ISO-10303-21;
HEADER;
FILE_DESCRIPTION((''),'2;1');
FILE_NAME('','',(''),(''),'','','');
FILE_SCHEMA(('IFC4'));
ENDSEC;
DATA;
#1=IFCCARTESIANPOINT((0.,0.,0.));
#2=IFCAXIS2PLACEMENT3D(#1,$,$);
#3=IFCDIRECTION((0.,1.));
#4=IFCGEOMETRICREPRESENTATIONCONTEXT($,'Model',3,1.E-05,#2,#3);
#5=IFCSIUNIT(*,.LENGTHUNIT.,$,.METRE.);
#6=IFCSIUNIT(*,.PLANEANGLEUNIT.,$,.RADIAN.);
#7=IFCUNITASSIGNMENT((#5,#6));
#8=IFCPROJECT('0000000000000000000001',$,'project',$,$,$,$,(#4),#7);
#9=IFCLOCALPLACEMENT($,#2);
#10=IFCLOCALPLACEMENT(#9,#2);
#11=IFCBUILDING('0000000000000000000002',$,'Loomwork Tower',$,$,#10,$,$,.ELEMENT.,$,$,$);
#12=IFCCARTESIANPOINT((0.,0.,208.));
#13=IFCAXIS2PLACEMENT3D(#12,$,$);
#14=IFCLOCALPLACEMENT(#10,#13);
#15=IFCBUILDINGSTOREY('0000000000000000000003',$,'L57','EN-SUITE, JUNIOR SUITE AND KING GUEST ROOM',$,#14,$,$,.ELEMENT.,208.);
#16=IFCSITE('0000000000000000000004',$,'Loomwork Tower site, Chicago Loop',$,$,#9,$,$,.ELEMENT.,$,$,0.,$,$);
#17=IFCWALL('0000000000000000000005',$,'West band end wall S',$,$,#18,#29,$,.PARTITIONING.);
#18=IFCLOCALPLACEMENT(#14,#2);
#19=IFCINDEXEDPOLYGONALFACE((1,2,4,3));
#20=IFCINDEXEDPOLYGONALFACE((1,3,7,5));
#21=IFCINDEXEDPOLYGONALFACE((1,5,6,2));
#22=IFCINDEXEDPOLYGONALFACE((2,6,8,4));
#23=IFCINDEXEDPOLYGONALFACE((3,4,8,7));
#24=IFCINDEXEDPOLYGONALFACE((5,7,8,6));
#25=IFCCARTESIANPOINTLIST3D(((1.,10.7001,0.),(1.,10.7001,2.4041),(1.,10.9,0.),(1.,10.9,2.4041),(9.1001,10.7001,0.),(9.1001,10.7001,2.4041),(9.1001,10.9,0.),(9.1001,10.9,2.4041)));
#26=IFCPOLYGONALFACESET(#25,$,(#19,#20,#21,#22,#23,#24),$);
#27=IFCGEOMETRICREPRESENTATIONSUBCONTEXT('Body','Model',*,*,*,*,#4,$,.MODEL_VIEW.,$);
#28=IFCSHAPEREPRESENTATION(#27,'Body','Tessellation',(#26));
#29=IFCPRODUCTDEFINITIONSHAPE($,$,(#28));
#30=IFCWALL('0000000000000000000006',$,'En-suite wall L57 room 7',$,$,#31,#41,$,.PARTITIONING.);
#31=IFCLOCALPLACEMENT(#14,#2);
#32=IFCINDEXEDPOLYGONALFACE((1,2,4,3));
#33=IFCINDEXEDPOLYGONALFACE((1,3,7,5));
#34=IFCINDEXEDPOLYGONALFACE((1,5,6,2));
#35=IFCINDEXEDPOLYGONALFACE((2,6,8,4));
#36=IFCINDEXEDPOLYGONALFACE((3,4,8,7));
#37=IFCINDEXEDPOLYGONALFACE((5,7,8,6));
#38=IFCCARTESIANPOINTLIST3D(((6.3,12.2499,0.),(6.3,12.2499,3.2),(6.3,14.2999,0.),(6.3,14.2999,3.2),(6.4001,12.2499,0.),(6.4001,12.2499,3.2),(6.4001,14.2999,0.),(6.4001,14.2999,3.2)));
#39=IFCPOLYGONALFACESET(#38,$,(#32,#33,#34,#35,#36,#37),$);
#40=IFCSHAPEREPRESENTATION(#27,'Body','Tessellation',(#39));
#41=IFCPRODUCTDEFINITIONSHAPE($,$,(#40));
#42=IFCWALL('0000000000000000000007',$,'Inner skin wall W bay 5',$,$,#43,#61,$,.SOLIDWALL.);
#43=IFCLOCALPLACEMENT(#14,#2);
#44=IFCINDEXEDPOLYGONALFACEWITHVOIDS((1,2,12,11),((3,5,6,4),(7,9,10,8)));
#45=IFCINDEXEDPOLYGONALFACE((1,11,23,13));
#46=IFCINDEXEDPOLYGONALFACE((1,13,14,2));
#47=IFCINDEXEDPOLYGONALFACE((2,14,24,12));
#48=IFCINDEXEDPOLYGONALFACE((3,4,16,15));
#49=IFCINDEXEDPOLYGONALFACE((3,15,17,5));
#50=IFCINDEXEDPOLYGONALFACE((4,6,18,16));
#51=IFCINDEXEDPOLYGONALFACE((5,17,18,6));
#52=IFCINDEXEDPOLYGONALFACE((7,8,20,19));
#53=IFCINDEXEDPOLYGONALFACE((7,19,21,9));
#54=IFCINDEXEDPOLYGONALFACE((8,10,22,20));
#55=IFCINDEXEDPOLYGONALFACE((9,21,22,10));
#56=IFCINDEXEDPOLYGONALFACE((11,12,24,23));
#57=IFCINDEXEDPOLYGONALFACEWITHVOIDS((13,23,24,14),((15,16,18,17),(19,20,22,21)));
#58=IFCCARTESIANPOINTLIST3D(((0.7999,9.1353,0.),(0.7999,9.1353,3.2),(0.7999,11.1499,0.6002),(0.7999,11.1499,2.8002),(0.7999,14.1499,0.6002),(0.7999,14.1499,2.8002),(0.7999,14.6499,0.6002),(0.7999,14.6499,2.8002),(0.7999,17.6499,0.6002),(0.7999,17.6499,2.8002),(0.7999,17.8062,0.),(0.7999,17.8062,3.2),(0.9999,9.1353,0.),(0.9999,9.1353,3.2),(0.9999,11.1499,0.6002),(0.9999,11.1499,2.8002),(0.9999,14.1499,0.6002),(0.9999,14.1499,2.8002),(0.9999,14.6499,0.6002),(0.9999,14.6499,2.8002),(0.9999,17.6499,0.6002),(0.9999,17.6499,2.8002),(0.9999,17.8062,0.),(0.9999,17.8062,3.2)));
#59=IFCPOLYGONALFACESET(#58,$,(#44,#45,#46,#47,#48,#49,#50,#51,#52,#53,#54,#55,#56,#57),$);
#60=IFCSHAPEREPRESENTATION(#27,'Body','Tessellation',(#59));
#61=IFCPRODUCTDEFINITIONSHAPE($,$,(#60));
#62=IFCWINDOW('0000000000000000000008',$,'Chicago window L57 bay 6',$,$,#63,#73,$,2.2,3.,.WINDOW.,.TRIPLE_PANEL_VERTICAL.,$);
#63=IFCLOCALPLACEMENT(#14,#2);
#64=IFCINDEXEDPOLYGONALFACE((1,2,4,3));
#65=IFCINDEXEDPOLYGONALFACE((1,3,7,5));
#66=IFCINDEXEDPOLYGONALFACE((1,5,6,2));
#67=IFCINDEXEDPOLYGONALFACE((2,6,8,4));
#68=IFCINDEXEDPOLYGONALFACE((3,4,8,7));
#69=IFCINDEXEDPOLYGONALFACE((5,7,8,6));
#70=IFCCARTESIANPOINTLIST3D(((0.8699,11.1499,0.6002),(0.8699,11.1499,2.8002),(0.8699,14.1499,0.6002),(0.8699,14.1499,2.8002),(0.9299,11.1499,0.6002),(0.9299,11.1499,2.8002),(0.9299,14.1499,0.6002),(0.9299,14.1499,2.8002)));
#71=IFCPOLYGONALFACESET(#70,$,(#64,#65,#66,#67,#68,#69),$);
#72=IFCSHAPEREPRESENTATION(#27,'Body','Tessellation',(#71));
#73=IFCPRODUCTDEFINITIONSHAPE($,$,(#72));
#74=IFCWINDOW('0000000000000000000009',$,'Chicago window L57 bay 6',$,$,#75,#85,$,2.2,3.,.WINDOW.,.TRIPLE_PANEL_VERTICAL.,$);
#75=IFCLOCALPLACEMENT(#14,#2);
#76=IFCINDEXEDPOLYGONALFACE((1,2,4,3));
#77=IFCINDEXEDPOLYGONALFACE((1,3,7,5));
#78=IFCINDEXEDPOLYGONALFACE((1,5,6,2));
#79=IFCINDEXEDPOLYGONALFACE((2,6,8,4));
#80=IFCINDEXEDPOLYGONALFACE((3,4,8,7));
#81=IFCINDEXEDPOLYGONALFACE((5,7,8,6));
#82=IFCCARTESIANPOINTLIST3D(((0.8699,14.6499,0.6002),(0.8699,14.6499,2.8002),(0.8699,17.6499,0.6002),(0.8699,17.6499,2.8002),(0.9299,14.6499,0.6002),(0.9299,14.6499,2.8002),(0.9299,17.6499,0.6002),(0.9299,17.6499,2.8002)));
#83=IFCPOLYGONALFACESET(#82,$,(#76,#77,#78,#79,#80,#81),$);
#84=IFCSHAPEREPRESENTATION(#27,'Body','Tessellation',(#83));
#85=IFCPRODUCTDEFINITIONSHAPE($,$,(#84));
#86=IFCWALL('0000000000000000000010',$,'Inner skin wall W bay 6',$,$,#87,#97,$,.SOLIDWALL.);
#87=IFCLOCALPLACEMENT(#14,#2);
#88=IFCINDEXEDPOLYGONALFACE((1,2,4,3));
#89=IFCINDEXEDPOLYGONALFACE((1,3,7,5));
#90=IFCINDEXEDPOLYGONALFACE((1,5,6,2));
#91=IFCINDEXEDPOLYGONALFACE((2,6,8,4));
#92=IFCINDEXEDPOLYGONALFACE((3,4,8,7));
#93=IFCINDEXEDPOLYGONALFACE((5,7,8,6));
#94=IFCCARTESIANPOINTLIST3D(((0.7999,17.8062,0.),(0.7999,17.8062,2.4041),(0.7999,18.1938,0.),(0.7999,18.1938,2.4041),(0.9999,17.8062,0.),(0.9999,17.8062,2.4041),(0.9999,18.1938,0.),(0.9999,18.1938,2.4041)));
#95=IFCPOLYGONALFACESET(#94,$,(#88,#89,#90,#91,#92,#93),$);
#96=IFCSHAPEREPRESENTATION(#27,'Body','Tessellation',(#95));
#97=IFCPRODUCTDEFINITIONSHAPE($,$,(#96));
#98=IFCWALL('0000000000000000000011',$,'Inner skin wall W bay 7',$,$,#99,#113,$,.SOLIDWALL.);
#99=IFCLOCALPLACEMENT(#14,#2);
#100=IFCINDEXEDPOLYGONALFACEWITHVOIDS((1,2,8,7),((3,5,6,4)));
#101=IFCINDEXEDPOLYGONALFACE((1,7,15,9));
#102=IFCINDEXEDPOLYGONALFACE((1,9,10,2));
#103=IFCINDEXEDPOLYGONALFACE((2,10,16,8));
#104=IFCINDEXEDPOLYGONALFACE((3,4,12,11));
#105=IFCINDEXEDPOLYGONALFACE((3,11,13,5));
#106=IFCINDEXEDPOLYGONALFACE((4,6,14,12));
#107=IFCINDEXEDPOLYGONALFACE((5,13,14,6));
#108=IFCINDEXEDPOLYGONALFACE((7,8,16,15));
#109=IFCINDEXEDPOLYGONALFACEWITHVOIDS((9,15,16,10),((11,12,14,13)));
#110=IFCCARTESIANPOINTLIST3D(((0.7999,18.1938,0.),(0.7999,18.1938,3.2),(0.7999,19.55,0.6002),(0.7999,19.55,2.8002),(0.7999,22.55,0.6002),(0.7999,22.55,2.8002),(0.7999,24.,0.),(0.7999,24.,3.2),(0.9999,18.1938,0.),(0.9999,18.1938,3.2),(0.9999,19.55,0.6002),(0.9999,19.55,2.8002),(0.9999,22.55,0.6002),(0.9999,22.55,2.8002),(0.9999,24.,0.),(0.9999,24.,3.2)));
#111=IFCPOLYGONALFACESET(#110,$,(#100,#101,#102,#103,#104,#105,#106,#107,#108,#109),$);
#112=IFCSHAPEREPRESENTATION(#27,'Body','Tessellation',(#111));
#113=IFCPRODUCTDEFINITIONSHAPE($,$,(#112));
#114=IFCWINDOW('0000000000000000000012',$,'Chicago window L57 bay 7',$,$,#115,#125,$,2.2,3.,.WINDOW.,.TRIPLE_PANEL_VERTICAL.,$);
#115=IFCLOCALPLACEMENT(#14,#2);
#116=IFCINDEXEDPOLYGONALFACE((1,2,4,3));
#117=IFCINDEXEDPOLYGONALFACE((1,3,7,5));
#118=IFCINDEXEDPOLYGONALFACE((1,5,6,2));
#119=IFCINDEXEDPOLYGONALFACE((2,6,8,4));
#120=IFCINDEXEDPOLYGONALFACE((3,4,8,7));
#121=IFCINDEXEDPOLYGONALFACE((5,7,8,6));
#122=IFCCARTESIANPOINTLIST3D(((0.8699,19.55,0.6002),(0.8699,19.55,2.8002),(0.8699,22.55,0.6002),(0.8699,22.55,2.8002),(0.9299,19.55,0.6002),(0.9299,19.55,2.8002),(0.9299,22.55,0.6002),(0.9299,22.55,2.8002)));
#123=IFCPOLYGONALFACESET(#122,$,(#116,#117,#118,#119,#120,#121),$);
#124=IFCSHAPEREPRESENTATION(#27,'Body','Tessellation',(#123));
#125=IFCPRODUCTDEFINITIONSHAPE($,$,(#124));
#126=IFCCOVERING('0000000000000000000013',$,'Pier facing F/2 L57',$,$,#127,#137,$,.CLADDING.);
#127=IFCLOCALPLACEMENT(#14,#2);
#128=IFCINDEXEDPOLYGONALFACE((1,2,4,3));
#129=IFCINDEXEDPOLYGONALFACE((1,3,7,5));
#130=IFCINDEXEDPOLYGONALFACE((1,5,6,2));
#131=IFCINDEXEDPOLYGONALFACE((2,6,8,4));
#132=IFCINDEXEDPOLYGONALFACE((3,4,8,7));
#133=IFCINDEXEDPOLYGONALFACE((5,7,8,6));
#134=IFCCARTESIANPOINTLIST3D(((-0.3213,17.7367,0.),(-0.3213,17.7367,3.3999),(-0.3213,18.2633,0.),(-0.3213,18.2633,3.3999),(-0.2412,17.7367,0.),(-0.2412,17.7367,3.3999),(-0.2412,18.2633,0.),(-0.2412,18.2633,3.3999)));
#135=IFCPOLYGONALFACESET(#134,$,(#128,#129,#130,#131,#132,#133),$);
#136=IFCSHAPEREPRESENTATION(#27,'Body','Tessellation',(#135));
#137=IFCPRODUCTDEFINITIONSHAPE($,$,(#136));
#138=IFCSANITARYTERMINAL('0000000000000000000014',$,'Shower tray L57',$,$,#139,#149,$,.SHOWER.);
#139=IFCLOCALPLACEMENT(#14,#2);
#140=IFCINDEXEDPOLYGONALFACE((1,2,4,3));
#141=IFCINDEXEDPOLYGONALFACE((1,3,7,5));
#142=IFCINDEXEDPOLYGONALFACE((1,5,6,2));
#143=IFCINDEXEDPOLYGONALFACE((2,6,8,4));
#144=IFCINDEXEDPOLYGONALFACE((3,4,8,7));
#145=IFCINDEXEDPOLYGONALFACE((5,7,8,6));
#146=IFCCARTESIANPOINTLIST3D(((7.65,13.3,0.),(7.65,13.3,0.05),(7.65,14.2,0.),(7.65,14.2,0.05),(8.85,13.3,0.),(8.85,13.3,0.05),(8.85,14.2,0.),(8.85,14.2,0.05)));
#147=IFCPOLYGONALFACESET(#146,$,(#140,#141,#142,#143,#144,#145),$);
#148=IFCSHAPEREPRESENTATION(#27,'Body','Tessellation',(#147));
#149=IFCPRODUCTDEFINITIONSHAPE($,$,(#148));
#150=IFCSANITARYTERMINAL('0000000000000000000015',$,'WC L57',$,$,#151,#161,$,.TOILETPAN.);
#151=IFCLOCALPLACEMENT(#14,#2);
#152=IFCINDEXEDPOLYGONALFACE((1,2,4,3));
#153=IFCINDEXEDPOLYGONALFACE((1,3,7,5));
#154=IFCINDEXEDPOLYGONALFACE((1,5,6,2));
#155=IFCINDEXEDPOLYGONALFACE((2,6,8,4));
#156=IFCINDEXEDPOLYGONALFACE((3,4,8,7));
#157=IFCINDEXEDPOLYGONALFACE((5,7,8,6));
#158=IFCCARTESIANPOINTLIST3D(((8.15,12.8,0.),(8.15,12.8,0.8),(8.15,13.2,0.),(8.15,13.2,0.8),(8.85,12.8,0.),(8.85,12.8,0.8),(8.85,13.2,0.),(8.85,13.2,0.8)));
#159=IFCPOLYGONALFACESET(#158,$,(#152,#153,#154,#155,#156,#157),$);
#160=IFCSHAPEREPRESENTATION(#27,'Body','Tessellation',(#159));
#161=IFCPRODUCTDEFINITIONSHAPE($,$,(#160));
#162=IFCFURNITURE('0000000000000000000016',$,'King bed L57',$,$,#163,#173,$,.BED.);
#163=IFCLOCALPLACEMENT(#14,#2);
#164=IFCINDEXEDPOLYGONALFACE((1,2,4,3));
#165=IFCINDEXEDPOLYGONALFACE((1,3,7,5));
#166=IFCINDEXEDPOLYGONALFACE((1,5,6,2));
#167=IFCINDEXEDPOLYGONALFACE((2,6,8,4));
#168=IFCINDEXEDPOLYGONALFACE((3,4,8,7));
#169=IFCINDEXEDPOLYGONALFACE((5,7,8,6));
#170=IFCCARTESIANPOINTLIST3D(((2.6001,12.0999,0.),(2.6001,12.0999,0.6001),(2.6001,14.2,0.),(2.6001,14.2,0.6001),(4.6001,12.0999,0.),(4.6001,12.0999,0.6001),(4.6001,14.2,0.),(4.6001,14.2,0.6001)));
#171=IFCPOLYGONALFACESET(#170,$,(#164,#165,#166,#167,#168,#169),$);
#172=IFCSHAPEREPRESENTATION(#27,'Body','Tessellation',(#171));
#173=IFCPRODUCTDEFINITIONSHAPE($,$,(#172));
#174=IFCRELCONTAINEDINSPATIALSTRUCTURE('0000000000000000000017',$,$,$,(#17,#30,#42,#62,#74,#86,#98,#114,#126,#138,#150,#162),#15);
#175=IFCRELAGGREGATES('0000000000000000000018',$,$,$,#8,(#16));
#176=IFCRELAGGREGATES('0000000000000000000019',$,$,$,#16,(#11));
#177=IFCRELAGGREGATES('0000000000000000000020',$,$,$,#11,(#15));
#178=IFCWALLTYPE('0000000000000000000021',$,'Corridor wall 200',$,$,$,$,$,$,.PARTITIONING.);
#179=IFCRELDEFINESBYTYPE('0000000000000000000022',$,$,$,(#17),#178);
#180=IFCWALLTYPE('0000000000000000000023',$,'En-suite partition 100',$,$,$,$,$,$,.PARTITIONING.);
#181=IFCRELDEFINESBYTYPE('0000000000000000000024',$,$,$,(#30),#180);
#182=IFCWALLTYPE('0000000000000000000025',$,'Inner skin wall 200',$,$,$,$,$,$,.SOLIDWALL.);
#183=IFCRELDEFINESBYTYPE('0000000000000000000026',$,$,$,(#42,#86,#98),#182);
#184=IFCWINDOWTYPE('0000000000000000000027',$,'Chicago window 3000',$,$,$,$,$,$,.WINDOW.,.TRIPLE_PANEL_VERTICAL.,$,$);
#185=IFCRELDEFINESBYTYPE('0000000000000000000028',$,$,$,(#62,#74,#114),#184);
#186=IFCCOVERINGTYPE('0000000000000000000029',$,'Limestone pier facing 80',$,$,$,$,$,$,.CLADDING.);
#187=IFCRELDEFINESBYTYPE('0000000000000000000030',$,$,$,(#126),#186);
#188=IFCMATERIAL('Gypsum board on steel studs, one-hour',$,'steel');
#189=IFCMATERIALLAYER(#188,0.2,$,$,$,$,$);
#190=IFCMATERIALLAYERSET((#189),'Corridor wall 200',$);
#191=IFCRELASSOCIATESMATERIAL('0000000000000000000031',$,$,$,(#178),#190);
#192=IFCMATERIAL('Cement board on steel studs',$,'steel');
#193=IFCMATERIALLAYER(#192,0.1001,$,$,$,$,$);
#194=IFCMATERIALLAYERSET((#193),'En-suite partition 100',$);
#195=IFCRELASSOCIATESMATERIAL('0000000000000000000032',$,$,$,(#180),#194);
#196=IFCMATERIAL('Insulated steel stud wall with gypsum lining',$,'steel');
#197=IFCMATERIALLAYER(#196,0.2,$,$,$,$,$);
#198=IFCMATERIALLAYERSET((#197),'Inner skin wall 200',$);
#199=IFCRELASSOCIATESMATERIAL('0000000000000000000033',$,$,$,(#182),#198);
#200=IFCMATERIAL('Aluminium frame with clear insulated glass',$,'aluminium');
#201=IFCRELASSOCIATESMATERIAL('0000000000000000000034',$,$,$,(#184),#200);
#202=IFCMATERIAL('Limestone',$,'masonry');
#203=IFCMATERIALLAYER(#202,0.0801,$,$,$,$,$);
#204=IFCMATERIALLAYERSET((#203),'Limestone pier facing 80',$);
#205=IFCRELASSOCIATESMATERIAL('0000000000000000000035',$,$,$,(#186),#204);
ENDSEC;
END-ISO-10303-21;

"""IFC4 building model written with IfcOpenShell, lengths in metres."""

from ifc_helpers import new_model, si_unit, direction, frame, frame_2d, origin, origin_2d, place, context, subcontext, project, spatial, rectangle, extrude, material, layer, layer_set, type_object, element, fill, save


model = new_model("IFC4")

# Units and contexts
model_context = context("Model", 3, precision=1e-05, world=origin(), true_north=direction((0.0, 1.0)))
body_context = subcontext(model_context, "Body", "Model", "MODEL_VIEW")
ifc_project = project(units=[si_unit("LENGTHUNIT", "METRE"), si_unit("PLANEANGLEUNIT", "RADIAN")], contexts=[model_context])

# Site, building, storey
site_placement = place(None, origin())
site = spatial("IfcSite", under=ifc_project, at=site_placement, Name="Loomwork Tower site, Chicago Loop", CompositionType="ELEMENT", RefElevation=0.0)
building_placement = place(site_placement, origin())
building = spatial("IfcBuilding", under=site, at=building_placement, Name="Loomwork Tower", CompositionType="ELEMENT")
storey_placement = place(building_placement, frame((0.0, 0.0, 208.0)))
storey = spatial("IfcBuildingStorey", under=building, at=storey_placement, Name="L57", Description="EN-SUITE, JUNIOR SUITE AND KING GUEST ROOM", CompositionType="ELEMENT", Elevation=208.0)

# Walls
ifc_material_1 = material(Name="Gypsum board on steel studs, one-hour", Category="steel")
ifc_layer_1 = layer(ifc_material_1, 0.2)
ifc_layer_set_1 = layer_set([ifc_layer_1], Name="Corridor wall 200")
wall_type_1 = type_object("IfcWallType", Name="Corridor wall 200", PredefinedType="PARTITIONING", material=ifc_layer_set_1)
wall_1_placement = place(storey_placement, frame((1.0, 10.8, 0.0), z_axis=(0.0, 0.0, 1.0), x_axis=(1.0, 0.0, 0.0)))
element("IfcWall", 1, at=wall_1_placement, inside=storey, type_object=wall_type_1, Name="West band end wall S", PredefinedType="PARTITIONING", context=body_context, shape_type="SweptSolid", body=[
    extrude(rectangle(XDim=8.1001, YDim=0.2, at=frame_2d((4.05, 0.0))), origin(), (0.0, 0.0, 1.0), 2.4041),
])
ifc_material_2 = material(Name="Cement board on steel studs", Category="steel")
ifc_layer_2 = layer(ifc_material_2, 0.1001)
ifc_layer_set_2 = layer_set([ifc_layer_2], Name="En-suite partition 100")
wall_type_2 = type_object("IfcWallType", Name="En-suite partition 100", PredefinedType="PARTITIONING", material=ifc_layer_set_2)
wall_2_placement = place(storey_placement, frame((6.3501, 12.25, 0.0), z_axis=(0.0, 0.0, 1.0), x_axis=(0.0, 1.0, 0.0)))
element("IfcWall", 2, at=wall_2_placement, inside=storey, type_object=wall_type_2, Name="En-suite wall L57 room 7", PredefinedType="PARTITIONING", context=body_context, shape_type="SweptSolid", body=[
    extrude(rectangle(XDim=2.05, YDim=0.1001, at=frame_2d((1.0249, 0.0))), origin(), (0.0, 0.0, 1.0), 3.2),
])

# Wall, openings, windows
ifc_material_3 = material(Name="Insulated steel stud wall with gypsum lining", Category="steel")
ifc_layer_3 = layer(ifc_material_3, 0.2)
ifc_layer_set_3 = layer_set([ifc_layer_3], Name="Inner skin wall 200")
wall_type_3 = type_object("IfcWallType", Name="Inner skin wall 200", PredefinedType="SOLIDWALL", material=ifc_layer_set_3)
wall_3_placement = place(storey_placement, frame((0.8999, 9.1353, 0.0), z_axis=(0.0, 0.0, 1.0), x_axis=(0.0, 1.0, 0.0)))
wall_3 = element("IfcWall", 3, at=wall_3_placement, inside=storey, type_object=wall_type_3, Name="Inner skin wall W bay 5", PredefinedType="SOLIDWALL", context=body_context, shape_type="SweptSolid", body=[
    extrude(rectangle(XDim=8.6709, YDim=0.2, at=frame_2d((4.3354, 0.0))), origin(), (0.0, 0.0, 1.0), 3.2),
])
opening_1_placement = place(wall_3_placement, frame((2.0146, 0.0, 0.6001)))
opening_1 = element("IfcOpeningElement", 4, at=opening_1_placement, cuts=wall_3, PredefinedType="OPENING", context=body_context, shape_type="SweptSolid", body=[
    extrude(rectangle(XDim=3.0, YDim=2.2, at=frame_2d((1.5, 1.1001))), frame((0.0, 0.1099, 0.0), z_axis=(0.0, -1.0, 0.0), x_axis=(1.0, 0.0, 0.0)), (0.0, 0.0, 1.0), 0.22),
])
opening_2_placement = place(wall_3_placement, frame((5.5146, 0.0, 0.6001)))
opening_2 = element("IfcOpeningElement", 5, at=opening_2_placement, cuts=wall_3, PredefinedType="OPENING", context=body_context, shape_type="SweptSolid", body=[
    extrude(rectangle(XDim=3.0, YDim=2.2, at=frame_2d((1.5, 1.1001))), frame((0.0, 0.1099, 0.0), z_axis=(0.0, -1.0, 0.0), x_axis=(1.0, 0.0, 0.0)), (0.0, 0.0, 1.0), 0.22),
])
ifc_material_4 = material(Name="Aluminium frame with clear insulated glass", Category="aluminium")
window_type = type_object("IfcWindowType", Name="Chicago window 3000", PartitioningType="TRIPLE_PANEL_VERTICAL", PredefinedType="WINDOW", material=ifc_material_4)
window_1_placement = place(opening_1_placement, origin())
window_1 = element("IfcWindow", 6, at=window_1_placement, inside=storey, type_object=window_type, Name="Chicago window L57 bay 6", OverallHeight=2.2, OverallWidth=3.0, PartitioningType="TRIPLE_PANEL_VERTICAL", PredefinedType="WINDOW", context=body_context, shape_type="SweptSolid", body=[
    extrude(rectangle(XDim=3.0, YDim=2.2, at=frame_2d((1.5, 1.1001))), frame((0.0, 0.03, 0.0), z_axis=(0.0, -1.0, 0.0), x_axis=(1.0, 0.0, 0.0)), (0.0, 0.0, 1.0), 0.0601),
])
fill(opening_1, window_1)
window_2_placement = place(opening_2_placement, origin())
window_2 = element("IfcWindow", 7, at=window_2_placement, inside=storey, type_object=window_type, Name="Chicago window L57 bay 6", OverallHeight=2.2, OverallWidth=3.0, PartitioningType="TRIPLE_PANEL_VERTICAL", PredefinedType="WINDOW", context=body_context, shape_type="SweptSolid", body=[
    extrude(rectangle(XDim=3.0, YDim=2.2, at=frame_2d((1.5, 1.1001))), frame((0.0, 0.03, 0.0), z_axis=(0.0, -1.0, 0.0), x_axis=(1.0, 0.0, 0.0)), (0.0, 0.0, 1.0), 0.0601),
])
fill(opening_2, window_2)

# Wall
wall_4_placement = place(storey_placement, frame((0.8999, 17.8062, 0.0), z_axis=(0.0, 0.0, 1.0), x_axis=(0.0, 1.0, 0.0)))
element("IfcWall", 8, at=wall_4_placement, inside=storey, type_object=wall_type_3, Name="Inner skin wall W bay 6", PredefinedType="SOLIDWALL", context=body_context, shape_type="SweptSolid", body=[
    extrude(rectangle(XDim=0.3877, YDim=0.2, at=frame_2d((0.1938, 0.0))), origin(), (0.0, 0.0, 1.0), 2.4041),
])

# Wall, opening, window
wall_5_placement = place(storey_placement, frame((0.8999, 18.1938, 0.0), z_axis=(0.0, 0.0, 1.0), x_axis=(0.0, 1.0, 0.0)))
wall_5 = element("IfcWall", 9, at=wall_5_placement, inside=storey, type_object=wall_type_3, Name="Inner skin wall W bay 7", PredefinedType="SOLIDWALL", context=body_context, shape_type="SweptSolid", body=[
    extrude(rectangle(XDim=5.8062, YDim=0.2, at=frame_2d((2.9031, 0.0))), origin(), (0.0, 0.0, 1.0), 3.2),
])
opening_3_placement = place(wall_5_placement, frame((1.3562, 0.0, 0.6001)))
opening_3 = element("IfcOpeningElement", 10, at=opening_3_placement, cuts=wall_5, PredefinedType="OPENING", context=body_context, shape_type="SweptSolid", body=[
    extrude(rectangle(XDim=3.0, YDim=2.2, at=frame_2d((1.5, 1.1001))), frame((0.0, 0.1099, 0.0), z_axis=(0.0, -1.0, 0.0), x_axis=(1.0, 0.0, 0.0)), (0.0, 0.0, 1.0), 0.22),
])
window_3_placement = place(opening_3_placement, origin())
window_3 = element("IfcWindow", 11, at=window_3_placement, inside=storey, type_object=window_type, Name="Chicago window L57 bay 7", OverallHeight=2.2, OverallWidth=3.0, PartitioningType="TRIPLE_PANEL_VERTICAL", PredefinedType="WINDOW", context=body_context, shape_type="SweptSolid", body=[
    extrude(rectangle(XDim=3.0, YDim=2.2, at=frame_2d((1.5, 1.1001))), frame((0.0, 0.03, 0.0), z_axis=(0.0, -1.0, 0.0), x_axis=(1.0, 0.0, 0.0)), (0.0, 0.0, 1.0), 0.0601),
])
fill(opening_3, window_3)

# Covering
ifc_material_5 = material(Name="Limestone", Category="masonry")
ifc_layer_4 = layer(ifc_material_5, 0.0801)
ifc_layer_set_4 = layer_set([ifc_layer_4], Name="Limestone pier facing 80")
covering_type = type_object("IfcCoveringType", Name="Limestone pier facing 80", PredefinedType="CLADDING", material=ifc_layer_set_4)
covering_placement = place(storey_placement, frame((-0.2812, 18.0, 0.0), z_axis=(0.0, 0.0, 1.0), x_axis=(1.0, 0.0, 0.0)))
element("IfcCovering", 12, at=covering_placement, inside=storey, type_object=covering_type, Name="Pier facing F/2 L57", PredefinedType="CLADDING", context=body_context, shape_type="SweptSolid", body=[
    extrude(rectangle(XDim=0.0801, YDim=0.5266, at=origin_2d()), origin(), (0.0, 0.0, 1.0), 3.3999),
])

# Sanitary terminals
sanitary_terminal_1_placement = place(storey_placement, frame((8.25, 13.75, 0.0), z_axis=(0.0, 0.0, 1.0), x_axis=(1.0, 0.0, 0.0)))
element("IfcSanitaryTerminal", 13, at=sanitary_terminal_1_placement, inside=storey, Name="Shower tray L57", PredefinedType="SHOWER", context=body_context, shape_type="SweptSolid", body=[
    extrude(rectangle(XDim=1.2, YDim=0.8999, at=origin_2d()), origin(), (0.0, 0.0, 1.0), 0.05),
])
sanitary_terminal_2_placement = place(storey_placement, frame((8.5, 13.0, 0.0), z_axis=(0.0, 0.0, 1.0), x_axis=(1.0, 0.0, 0.0)))
element("IfcSanitaryTerminal", 14, at=sanitary_terminal_2_placement, inside=storey, Name="WC L57", PredefinedType="TOILETPAN", context=body_context, shape_type="SweptSolid", body=[
    extrude(rectangle(XDim=0.7, YDim=0.3999, at=origin_2d()), origin(), (0.0, 0.0, 1.0), 0.8),
])

# Furniture
furniture_1_placement = place(storey_placement, frame((3.6001, 13.1499, 0.0), z_axis=(0.0, 0.0, 1.0), x_axis=(1.0, 0.0, 0.0)))
element("IfcFurniture", 15, at=furniture_1_placement, inside=storey, Name="King bed L57", PredefinedType="BED", context=body_context, shape_type="SweptSolid", body=[
    extrude(rectangle(XDim=2.0, YDim=2.1001, at=origin_2d()), origin(), (0.0, 0.0, 1.0), 0.6001),
])

save(model, "model.ifc")
